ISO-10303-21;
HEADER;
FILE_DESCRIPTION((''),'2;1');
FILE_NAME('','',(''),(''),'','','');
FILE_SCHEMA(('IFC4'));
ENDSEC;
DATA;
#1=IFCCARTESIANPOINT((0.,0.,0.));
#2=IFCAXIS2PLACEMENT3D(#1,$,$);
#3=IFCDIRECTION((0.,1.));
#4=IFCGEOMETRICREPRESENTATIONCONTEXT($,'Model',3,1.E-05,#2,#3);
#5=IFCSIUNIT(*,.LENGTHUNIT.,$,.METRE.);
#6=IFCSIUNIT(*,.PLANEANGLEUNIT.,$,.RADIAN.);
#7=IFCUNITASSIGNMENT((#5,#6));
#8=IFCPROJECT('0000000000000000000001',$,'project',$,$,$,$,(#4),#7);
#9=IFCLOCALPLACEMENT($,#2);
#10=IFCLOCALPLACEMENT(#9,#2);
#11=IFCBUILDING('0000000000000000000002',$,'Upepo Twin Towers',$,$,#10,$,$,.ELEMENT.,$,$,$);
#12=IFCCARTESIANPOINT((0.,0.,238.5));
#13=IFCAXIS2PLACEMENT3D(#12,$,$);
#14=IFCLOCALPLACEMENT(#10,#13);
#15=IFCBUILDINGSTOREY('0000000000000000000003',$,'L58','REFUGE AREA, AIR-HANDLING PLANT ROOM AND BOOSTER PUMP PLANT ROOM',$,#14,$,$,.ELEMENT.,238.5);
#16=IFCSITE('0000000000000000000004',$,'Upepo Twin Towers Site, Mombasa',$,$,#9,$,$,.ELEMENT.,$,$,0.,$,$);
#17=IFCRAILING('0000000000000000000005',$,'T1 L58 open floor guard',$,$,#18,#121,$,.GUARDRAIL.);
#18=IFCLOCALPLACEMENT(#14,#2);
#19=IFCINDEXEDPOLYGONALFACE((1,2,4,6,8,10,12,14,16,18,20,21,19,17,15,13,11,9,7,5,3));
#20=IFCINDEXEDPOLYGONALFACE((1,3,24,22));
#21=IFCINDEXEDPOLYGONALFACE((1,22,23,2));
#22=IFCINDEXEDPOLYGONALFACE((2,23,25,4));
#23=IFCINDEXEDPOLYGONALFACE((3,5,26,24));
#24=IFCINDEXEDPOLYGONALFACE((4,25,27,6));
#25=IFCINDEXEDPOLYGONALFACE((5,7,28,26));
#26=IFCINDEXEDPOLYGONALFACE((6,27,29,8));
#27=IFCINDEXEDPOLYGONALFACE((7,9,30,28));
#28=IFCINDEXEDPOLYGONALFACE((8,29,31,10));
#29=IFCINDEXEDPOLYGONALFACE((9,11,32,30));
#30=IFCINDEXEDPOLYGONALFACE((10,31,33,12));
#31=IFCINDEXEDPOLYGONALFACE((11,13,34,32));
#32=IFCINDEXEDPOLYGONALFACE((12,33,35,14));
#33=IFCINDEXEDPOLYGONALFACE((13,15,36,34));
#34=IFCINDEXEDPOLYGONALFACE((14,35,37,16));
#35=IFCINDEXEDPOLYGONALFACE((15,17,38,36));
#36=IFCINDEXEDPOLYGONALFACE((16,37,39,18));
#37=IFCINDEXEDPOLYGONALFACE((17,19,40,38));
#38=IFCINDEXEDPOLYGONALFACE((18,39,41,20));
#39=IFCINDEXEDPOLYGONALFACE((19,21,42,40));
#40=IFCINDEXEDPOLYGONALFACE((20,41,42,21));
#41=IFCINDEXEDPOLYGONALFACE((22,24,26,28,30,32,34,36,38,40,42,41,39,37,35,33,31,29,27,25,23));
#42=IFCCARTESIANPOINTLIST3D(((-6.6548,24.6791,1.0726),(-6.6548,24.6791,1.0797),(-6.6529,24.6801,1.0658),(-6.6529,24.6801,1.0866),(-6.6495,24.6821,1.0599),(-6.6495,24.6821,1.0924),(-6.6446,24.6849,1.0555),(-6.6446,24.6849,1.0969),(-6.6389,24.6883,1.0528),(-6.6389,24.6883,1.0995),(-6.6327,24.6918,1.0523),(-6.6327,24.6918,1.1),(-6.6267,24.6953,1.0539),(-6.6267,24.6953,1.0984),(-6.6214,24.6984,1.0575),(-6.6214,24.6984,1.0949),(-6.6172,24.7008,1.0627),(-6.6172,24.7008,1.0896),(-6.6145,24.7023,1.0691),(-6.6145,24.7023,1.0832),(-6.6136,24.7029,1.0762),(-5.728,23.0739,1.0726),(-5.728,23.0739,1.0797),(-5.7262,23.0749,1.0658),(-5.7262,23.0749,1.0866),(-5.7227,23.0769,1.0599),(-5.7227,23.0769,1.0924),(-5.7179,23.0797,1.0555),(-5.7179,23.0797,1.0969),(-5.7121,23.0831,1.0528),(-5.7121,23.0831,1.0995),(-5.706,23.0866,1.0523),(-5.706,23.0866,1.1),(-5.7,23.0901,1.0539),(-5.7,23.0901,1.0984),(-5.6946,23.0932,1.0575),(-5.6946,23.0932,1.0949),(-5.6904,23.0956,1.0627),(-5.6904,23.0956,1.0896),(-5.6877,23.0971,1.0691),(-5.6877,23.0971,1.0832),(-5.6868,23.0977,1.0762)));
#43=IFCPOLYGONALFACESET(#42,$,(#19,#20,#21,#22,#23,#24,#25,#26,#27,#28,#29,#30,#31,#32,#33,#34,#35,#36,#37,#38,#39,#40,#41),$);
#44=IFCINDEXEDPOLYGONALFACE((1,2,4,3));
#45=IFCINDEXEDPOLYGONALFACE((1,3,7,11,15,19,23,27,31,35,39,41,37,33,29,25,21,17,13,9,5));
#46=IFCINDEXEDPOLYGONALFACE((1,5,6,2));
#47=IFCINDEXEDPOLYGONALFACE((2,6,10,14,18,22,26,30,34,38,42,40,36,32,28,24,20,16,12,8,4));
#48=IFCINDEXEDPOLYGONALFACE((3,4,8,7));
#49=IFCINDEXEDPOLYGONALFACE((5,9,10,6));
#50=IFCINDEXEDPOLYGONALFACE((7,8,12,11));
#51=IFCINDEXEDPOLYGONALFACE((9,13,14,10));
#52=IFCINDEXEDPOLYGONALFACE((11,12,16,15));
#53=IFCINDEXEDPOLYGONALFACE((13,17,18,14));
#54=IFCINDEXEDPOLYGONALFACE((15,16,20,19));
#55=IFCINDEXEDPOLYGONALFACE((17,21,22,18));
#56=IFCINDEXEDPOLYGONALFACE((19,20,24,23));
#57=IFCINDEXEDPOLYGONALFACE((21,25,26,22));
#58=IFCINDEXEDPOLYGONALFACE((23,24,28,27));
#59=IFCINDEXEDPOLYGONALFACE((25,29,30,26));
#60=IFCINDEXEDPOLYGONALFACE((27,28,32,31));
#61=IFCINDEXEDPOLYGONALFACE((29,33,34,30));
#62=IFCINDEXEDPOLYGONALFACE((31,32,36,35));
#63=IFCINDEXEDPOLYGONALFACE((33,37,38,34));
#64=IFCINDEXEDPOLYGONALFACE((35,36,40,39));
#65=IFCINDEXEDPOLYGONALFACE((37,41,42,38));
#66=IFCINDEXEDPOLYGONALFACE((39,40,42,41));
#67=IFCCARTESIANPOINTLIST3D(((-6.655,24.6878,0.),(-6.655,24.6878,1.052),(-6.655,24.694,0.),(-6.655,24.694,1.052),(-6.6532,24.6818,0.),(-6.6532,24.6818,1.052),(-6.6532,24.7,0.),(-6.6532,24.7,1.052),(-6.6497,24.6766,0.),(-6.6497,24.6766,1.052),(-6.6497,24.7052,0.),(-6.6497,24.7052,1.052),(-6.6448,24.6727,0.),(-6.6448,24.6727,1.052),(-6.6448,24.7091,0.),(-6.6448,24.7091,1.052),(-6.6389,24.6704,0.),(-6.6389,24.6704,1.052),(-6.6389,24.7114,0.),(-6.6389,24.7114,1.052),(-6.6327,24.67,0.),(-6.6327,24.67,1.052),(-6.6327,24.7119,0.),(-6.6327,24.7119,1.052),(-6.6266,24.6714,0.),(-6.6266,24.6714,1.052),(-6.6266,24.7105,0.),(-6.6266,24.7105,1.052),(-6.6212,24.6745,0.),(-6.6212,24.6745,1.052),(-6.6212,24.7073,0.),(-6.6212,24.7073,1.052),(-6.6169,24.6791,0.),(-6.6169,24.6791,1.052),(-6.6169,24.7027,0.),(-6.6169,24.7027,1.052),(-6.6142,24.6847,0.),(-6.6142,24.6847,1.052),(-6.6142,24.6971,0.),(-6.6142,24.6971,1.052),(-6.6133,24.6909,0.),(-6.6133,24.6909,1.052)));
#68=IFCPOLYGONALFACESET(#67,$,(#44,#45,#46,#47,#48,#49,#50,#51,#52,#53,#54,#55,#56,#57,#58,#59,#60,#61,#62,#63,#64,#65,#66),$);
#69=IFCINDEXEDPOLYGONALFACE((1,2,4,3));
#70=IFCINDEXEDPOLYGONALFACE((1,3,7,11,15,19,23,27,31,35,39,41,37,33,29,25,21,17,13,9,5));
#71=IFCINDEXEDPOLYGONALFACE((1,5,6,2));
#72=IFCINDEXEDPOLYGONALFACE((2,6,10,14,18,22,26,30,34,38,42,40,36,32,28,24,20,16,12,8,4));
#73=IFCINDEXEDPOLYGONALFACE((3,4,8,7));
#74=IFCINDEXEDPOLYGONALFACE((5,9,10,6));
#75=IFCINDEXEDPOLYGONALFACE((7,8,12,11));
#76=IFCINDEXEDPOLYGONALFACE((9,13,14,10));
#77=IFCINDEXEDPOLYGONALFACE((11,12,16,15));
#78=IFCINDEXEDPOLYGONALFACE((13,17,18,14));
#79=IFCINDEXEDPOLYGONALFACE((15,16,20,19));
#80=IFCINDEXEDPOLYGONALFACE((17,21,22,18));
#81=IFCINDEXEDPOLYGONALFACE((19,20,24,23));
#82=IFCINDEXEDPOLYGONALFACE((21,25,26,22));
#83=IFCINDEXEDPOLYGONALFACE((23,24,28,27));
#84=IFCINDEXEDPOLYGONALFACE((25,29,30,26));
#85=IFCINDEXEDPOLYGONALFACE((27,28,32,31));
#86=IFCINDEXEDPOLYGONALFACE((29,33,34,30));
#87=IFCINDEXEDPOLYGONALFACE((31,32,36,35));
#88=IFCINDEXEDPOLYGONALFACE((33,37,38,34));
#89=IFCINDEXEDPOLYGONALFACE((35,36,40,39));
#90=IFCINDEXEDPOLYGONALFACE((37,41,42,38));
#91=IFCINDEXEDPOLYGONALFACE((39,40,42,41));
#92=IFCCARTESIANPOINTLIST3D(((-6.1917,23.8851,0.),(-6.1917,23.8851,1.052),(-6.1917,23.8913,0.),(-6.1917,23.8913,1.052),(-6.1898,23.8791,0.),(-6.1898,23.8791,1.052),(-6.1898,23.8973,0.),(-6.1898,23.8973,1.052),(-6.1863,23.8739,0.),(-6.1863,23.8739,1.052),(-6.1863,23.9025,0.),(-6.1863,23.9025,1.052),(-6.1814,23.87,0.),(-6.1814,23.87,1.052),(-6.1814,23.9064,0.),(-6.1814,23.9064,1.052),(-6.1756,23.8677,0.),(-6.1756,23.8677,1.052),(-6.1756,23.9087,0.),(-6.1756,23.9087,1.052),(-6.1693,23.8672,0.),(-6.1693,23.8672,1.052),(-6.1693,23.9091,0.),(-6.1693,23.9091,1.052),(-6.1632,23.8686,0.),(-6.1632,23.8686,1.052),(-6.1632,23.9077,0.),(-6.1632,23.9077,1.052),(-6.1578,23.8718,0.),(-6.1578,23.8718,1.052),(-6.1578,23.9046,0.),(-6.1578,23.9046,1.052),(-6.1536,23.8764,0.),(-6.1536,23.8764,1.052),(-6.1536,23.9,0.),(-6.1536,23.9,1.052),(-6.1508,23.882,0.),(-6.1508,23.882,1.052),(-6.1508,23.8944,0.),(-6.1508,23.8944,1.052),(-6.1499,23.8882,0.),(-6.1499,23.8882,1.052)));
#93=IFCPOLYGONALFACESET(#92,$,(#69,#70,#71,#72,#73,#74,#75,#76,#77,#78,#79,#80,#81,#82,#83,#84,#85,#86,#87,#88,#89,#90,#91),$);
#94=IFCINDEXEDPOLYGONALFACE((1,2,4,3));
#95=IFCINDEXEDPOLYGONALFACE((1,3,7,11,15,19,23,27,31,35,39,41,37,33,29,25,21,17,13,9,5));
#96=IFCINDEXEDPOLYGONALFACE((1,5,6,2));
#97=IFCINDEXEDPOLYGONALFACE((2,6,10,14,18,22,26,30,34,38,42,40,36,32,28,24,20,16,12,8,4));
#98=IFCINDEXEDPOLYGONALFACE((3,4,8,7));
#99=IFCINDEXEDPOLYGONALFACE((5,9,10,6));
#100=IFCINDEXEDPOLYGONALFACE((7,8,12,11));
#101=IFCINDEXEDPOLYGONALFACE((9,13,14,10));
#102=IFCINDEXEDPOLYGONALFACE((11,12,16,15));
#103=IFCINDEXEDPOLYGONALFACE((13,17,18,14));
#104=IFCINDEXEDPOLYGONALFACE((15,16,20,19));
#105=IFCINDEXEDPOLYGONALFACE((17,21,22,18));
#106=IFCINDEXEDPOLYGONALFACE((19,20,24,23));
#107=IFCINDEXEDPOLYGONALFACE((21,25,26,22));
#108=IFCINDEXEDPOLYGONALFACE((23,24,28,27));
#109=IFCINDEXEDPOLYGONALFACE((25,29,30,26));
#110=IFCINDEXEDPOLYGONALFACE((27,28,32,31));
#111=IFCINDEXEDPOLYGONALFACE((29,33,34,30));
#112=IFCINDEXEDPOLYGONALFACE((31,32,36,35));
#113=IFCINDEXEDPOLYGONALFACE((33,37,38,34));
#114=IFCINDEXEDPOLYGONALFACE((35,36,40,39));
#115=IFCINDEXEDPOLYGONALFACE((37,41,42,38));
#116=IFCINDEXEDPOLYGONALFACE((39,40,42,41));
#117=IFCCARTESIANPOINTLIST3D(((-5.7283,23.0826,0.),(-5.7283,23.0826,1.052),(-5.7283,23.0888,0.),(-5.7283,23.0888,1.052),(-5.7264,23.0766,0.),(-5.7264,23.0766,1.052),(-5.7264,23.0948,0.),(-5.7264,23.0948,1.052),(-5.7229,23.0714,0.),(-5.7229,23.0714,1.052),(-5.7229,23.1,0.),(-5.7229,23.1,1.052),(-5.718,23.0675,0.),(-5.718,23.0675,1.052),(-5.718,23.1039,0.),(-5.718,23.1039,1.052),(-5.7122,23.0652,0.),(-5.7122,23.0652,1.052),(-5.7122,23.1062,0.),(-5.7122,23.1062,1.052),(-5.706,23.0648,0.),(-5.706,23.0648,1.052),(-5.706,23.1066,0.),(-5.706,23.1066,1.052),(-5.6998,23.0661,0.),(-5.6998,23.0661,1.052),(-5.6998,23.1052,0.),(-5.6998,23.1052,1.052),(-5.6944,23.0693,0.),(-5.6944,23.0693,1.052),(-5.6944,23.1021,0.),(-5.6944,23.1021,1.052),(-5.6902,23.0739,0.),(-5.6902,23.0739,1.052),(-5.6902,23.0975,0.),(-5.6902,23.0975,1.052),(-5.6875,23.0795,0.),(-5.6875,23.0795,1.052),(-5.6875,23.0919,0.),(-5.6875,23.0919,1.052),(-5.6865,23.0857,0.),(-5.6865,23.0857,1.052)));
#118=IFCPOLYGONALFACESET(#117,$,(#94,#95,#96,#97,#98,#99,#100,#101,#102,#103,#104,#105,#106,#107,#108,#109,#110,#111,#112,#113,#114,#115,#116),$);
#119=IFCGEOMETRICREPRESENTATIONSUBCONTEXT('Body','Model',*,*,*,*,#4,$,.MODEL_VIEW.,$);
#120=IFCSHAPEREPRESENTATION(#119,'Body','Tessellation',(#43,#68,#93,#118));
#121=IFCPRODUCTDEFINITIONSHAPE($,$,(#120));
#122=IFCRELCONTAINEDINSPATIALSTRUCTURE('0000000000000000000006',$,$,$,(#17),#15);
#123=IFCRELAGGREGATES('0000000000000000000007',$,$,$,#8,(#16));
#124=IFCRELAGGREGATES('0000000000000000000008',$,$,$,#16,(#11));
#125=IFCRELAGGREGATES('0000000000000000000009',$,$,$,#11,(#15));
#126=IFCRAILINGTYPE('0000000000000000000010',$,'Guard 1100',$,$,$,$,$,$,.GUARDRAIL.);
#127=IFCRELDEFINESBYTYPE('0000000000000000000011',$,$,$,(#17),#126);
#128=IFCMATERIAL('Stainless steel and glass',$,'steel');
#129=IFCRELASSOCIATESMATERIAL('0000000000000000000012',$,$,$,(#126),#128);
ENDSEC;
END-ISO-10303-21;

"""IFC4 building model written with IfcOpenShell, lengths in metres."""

from ifc_helpers import new_model, si_unit, direction, frame, origin, origin_2d, place, context, subcontext, project, spatial, circle, extrude, material, type_object, element, save


model = new_model("IFC4")

# Units and contexts
model_context = context("Model", 3, precision=1e-05, world=origin(), true_north=direction((0.0, 1.0)))
body_context = subcontext(model_context, "Body", "Model", "MODEL_VIEW")
ifc_project = project(units=[si_unit("LENGTHUNIT", "METRE"), si_unit("PLANEANGLEUNIT", "RADIAN")], contexts=[model_context])

# Site, building, storey
site_placement = place(None, origin())
site = spatial("IfcSite", under=ifc_project, at=site_placement, Name="Upepo Twin Towers Site, Mombasa", CompositionType="ELEMENT", RefElevation=0.0)
building_placement = place(site_placement, origin())
building = spatial("IfcBuilding", under=site, at=building_placement, Name="Upepo Twin Towers", CompositionType="ELEMENT")
storey_placement = place(building_placement, frame((0.0, 0.0, 238.5)))
storey = spatial("IfcBuildingStorey", under=building, at=storey_placement, Name="L58", Description="REFUGE AREA, AIR-HANDLING PLANT ROOM AND BOOSTER PUMP PLANT ROOM", CompositionType="ELEMENT", Elevation=238.5)

# Railing
ifc_material_1 = material(Name="Stainless steel and glass", Category="steel")
railing_type = type_object("IfcRailingType", Name="Guard 1100", PredefinedType="GUARDRAIL", material=ifc_material_1)
railing_1_placement = place(storey_placement, frame((-6.6343, 24.6909, 0.0)))
element("IfcRailing", 1, at=railing_1_placement, inside=storey, type_object=railing_type, Name="T1 L58 open floor guard", PredefinedType="GUARDRAIL", context=body_context, shape_type="SweptSolid", body=[
    extrude(circle(Radius=0.0239, at=origin_2d()), frame((0.0, 0.0, 1.0762), z_axis=(0.499992, -0.86603, 0.0), x_axis=(0.86603, 0.499992, 0.0)), (0.0, 0.0, 1.0), 1.8535),
    extrude(circle(Radius=0.021, at=origin_2d()), origin(), (0.0, 0.0, 1.0), 1.052),
    extrude(circle(Radius=0.021, at=origin_2d()), frame((0.4634, -0.8027, 0.0)), (0.0, 0.0, 1.0), 1.052),
    extrude(circle(Radius=0.021, at=origin_2d()), frame((0.9268, -1.6052, 0.0)), (0.0, 0.0, 1.0), 1.052),
])

save(model, "model.ifc")
